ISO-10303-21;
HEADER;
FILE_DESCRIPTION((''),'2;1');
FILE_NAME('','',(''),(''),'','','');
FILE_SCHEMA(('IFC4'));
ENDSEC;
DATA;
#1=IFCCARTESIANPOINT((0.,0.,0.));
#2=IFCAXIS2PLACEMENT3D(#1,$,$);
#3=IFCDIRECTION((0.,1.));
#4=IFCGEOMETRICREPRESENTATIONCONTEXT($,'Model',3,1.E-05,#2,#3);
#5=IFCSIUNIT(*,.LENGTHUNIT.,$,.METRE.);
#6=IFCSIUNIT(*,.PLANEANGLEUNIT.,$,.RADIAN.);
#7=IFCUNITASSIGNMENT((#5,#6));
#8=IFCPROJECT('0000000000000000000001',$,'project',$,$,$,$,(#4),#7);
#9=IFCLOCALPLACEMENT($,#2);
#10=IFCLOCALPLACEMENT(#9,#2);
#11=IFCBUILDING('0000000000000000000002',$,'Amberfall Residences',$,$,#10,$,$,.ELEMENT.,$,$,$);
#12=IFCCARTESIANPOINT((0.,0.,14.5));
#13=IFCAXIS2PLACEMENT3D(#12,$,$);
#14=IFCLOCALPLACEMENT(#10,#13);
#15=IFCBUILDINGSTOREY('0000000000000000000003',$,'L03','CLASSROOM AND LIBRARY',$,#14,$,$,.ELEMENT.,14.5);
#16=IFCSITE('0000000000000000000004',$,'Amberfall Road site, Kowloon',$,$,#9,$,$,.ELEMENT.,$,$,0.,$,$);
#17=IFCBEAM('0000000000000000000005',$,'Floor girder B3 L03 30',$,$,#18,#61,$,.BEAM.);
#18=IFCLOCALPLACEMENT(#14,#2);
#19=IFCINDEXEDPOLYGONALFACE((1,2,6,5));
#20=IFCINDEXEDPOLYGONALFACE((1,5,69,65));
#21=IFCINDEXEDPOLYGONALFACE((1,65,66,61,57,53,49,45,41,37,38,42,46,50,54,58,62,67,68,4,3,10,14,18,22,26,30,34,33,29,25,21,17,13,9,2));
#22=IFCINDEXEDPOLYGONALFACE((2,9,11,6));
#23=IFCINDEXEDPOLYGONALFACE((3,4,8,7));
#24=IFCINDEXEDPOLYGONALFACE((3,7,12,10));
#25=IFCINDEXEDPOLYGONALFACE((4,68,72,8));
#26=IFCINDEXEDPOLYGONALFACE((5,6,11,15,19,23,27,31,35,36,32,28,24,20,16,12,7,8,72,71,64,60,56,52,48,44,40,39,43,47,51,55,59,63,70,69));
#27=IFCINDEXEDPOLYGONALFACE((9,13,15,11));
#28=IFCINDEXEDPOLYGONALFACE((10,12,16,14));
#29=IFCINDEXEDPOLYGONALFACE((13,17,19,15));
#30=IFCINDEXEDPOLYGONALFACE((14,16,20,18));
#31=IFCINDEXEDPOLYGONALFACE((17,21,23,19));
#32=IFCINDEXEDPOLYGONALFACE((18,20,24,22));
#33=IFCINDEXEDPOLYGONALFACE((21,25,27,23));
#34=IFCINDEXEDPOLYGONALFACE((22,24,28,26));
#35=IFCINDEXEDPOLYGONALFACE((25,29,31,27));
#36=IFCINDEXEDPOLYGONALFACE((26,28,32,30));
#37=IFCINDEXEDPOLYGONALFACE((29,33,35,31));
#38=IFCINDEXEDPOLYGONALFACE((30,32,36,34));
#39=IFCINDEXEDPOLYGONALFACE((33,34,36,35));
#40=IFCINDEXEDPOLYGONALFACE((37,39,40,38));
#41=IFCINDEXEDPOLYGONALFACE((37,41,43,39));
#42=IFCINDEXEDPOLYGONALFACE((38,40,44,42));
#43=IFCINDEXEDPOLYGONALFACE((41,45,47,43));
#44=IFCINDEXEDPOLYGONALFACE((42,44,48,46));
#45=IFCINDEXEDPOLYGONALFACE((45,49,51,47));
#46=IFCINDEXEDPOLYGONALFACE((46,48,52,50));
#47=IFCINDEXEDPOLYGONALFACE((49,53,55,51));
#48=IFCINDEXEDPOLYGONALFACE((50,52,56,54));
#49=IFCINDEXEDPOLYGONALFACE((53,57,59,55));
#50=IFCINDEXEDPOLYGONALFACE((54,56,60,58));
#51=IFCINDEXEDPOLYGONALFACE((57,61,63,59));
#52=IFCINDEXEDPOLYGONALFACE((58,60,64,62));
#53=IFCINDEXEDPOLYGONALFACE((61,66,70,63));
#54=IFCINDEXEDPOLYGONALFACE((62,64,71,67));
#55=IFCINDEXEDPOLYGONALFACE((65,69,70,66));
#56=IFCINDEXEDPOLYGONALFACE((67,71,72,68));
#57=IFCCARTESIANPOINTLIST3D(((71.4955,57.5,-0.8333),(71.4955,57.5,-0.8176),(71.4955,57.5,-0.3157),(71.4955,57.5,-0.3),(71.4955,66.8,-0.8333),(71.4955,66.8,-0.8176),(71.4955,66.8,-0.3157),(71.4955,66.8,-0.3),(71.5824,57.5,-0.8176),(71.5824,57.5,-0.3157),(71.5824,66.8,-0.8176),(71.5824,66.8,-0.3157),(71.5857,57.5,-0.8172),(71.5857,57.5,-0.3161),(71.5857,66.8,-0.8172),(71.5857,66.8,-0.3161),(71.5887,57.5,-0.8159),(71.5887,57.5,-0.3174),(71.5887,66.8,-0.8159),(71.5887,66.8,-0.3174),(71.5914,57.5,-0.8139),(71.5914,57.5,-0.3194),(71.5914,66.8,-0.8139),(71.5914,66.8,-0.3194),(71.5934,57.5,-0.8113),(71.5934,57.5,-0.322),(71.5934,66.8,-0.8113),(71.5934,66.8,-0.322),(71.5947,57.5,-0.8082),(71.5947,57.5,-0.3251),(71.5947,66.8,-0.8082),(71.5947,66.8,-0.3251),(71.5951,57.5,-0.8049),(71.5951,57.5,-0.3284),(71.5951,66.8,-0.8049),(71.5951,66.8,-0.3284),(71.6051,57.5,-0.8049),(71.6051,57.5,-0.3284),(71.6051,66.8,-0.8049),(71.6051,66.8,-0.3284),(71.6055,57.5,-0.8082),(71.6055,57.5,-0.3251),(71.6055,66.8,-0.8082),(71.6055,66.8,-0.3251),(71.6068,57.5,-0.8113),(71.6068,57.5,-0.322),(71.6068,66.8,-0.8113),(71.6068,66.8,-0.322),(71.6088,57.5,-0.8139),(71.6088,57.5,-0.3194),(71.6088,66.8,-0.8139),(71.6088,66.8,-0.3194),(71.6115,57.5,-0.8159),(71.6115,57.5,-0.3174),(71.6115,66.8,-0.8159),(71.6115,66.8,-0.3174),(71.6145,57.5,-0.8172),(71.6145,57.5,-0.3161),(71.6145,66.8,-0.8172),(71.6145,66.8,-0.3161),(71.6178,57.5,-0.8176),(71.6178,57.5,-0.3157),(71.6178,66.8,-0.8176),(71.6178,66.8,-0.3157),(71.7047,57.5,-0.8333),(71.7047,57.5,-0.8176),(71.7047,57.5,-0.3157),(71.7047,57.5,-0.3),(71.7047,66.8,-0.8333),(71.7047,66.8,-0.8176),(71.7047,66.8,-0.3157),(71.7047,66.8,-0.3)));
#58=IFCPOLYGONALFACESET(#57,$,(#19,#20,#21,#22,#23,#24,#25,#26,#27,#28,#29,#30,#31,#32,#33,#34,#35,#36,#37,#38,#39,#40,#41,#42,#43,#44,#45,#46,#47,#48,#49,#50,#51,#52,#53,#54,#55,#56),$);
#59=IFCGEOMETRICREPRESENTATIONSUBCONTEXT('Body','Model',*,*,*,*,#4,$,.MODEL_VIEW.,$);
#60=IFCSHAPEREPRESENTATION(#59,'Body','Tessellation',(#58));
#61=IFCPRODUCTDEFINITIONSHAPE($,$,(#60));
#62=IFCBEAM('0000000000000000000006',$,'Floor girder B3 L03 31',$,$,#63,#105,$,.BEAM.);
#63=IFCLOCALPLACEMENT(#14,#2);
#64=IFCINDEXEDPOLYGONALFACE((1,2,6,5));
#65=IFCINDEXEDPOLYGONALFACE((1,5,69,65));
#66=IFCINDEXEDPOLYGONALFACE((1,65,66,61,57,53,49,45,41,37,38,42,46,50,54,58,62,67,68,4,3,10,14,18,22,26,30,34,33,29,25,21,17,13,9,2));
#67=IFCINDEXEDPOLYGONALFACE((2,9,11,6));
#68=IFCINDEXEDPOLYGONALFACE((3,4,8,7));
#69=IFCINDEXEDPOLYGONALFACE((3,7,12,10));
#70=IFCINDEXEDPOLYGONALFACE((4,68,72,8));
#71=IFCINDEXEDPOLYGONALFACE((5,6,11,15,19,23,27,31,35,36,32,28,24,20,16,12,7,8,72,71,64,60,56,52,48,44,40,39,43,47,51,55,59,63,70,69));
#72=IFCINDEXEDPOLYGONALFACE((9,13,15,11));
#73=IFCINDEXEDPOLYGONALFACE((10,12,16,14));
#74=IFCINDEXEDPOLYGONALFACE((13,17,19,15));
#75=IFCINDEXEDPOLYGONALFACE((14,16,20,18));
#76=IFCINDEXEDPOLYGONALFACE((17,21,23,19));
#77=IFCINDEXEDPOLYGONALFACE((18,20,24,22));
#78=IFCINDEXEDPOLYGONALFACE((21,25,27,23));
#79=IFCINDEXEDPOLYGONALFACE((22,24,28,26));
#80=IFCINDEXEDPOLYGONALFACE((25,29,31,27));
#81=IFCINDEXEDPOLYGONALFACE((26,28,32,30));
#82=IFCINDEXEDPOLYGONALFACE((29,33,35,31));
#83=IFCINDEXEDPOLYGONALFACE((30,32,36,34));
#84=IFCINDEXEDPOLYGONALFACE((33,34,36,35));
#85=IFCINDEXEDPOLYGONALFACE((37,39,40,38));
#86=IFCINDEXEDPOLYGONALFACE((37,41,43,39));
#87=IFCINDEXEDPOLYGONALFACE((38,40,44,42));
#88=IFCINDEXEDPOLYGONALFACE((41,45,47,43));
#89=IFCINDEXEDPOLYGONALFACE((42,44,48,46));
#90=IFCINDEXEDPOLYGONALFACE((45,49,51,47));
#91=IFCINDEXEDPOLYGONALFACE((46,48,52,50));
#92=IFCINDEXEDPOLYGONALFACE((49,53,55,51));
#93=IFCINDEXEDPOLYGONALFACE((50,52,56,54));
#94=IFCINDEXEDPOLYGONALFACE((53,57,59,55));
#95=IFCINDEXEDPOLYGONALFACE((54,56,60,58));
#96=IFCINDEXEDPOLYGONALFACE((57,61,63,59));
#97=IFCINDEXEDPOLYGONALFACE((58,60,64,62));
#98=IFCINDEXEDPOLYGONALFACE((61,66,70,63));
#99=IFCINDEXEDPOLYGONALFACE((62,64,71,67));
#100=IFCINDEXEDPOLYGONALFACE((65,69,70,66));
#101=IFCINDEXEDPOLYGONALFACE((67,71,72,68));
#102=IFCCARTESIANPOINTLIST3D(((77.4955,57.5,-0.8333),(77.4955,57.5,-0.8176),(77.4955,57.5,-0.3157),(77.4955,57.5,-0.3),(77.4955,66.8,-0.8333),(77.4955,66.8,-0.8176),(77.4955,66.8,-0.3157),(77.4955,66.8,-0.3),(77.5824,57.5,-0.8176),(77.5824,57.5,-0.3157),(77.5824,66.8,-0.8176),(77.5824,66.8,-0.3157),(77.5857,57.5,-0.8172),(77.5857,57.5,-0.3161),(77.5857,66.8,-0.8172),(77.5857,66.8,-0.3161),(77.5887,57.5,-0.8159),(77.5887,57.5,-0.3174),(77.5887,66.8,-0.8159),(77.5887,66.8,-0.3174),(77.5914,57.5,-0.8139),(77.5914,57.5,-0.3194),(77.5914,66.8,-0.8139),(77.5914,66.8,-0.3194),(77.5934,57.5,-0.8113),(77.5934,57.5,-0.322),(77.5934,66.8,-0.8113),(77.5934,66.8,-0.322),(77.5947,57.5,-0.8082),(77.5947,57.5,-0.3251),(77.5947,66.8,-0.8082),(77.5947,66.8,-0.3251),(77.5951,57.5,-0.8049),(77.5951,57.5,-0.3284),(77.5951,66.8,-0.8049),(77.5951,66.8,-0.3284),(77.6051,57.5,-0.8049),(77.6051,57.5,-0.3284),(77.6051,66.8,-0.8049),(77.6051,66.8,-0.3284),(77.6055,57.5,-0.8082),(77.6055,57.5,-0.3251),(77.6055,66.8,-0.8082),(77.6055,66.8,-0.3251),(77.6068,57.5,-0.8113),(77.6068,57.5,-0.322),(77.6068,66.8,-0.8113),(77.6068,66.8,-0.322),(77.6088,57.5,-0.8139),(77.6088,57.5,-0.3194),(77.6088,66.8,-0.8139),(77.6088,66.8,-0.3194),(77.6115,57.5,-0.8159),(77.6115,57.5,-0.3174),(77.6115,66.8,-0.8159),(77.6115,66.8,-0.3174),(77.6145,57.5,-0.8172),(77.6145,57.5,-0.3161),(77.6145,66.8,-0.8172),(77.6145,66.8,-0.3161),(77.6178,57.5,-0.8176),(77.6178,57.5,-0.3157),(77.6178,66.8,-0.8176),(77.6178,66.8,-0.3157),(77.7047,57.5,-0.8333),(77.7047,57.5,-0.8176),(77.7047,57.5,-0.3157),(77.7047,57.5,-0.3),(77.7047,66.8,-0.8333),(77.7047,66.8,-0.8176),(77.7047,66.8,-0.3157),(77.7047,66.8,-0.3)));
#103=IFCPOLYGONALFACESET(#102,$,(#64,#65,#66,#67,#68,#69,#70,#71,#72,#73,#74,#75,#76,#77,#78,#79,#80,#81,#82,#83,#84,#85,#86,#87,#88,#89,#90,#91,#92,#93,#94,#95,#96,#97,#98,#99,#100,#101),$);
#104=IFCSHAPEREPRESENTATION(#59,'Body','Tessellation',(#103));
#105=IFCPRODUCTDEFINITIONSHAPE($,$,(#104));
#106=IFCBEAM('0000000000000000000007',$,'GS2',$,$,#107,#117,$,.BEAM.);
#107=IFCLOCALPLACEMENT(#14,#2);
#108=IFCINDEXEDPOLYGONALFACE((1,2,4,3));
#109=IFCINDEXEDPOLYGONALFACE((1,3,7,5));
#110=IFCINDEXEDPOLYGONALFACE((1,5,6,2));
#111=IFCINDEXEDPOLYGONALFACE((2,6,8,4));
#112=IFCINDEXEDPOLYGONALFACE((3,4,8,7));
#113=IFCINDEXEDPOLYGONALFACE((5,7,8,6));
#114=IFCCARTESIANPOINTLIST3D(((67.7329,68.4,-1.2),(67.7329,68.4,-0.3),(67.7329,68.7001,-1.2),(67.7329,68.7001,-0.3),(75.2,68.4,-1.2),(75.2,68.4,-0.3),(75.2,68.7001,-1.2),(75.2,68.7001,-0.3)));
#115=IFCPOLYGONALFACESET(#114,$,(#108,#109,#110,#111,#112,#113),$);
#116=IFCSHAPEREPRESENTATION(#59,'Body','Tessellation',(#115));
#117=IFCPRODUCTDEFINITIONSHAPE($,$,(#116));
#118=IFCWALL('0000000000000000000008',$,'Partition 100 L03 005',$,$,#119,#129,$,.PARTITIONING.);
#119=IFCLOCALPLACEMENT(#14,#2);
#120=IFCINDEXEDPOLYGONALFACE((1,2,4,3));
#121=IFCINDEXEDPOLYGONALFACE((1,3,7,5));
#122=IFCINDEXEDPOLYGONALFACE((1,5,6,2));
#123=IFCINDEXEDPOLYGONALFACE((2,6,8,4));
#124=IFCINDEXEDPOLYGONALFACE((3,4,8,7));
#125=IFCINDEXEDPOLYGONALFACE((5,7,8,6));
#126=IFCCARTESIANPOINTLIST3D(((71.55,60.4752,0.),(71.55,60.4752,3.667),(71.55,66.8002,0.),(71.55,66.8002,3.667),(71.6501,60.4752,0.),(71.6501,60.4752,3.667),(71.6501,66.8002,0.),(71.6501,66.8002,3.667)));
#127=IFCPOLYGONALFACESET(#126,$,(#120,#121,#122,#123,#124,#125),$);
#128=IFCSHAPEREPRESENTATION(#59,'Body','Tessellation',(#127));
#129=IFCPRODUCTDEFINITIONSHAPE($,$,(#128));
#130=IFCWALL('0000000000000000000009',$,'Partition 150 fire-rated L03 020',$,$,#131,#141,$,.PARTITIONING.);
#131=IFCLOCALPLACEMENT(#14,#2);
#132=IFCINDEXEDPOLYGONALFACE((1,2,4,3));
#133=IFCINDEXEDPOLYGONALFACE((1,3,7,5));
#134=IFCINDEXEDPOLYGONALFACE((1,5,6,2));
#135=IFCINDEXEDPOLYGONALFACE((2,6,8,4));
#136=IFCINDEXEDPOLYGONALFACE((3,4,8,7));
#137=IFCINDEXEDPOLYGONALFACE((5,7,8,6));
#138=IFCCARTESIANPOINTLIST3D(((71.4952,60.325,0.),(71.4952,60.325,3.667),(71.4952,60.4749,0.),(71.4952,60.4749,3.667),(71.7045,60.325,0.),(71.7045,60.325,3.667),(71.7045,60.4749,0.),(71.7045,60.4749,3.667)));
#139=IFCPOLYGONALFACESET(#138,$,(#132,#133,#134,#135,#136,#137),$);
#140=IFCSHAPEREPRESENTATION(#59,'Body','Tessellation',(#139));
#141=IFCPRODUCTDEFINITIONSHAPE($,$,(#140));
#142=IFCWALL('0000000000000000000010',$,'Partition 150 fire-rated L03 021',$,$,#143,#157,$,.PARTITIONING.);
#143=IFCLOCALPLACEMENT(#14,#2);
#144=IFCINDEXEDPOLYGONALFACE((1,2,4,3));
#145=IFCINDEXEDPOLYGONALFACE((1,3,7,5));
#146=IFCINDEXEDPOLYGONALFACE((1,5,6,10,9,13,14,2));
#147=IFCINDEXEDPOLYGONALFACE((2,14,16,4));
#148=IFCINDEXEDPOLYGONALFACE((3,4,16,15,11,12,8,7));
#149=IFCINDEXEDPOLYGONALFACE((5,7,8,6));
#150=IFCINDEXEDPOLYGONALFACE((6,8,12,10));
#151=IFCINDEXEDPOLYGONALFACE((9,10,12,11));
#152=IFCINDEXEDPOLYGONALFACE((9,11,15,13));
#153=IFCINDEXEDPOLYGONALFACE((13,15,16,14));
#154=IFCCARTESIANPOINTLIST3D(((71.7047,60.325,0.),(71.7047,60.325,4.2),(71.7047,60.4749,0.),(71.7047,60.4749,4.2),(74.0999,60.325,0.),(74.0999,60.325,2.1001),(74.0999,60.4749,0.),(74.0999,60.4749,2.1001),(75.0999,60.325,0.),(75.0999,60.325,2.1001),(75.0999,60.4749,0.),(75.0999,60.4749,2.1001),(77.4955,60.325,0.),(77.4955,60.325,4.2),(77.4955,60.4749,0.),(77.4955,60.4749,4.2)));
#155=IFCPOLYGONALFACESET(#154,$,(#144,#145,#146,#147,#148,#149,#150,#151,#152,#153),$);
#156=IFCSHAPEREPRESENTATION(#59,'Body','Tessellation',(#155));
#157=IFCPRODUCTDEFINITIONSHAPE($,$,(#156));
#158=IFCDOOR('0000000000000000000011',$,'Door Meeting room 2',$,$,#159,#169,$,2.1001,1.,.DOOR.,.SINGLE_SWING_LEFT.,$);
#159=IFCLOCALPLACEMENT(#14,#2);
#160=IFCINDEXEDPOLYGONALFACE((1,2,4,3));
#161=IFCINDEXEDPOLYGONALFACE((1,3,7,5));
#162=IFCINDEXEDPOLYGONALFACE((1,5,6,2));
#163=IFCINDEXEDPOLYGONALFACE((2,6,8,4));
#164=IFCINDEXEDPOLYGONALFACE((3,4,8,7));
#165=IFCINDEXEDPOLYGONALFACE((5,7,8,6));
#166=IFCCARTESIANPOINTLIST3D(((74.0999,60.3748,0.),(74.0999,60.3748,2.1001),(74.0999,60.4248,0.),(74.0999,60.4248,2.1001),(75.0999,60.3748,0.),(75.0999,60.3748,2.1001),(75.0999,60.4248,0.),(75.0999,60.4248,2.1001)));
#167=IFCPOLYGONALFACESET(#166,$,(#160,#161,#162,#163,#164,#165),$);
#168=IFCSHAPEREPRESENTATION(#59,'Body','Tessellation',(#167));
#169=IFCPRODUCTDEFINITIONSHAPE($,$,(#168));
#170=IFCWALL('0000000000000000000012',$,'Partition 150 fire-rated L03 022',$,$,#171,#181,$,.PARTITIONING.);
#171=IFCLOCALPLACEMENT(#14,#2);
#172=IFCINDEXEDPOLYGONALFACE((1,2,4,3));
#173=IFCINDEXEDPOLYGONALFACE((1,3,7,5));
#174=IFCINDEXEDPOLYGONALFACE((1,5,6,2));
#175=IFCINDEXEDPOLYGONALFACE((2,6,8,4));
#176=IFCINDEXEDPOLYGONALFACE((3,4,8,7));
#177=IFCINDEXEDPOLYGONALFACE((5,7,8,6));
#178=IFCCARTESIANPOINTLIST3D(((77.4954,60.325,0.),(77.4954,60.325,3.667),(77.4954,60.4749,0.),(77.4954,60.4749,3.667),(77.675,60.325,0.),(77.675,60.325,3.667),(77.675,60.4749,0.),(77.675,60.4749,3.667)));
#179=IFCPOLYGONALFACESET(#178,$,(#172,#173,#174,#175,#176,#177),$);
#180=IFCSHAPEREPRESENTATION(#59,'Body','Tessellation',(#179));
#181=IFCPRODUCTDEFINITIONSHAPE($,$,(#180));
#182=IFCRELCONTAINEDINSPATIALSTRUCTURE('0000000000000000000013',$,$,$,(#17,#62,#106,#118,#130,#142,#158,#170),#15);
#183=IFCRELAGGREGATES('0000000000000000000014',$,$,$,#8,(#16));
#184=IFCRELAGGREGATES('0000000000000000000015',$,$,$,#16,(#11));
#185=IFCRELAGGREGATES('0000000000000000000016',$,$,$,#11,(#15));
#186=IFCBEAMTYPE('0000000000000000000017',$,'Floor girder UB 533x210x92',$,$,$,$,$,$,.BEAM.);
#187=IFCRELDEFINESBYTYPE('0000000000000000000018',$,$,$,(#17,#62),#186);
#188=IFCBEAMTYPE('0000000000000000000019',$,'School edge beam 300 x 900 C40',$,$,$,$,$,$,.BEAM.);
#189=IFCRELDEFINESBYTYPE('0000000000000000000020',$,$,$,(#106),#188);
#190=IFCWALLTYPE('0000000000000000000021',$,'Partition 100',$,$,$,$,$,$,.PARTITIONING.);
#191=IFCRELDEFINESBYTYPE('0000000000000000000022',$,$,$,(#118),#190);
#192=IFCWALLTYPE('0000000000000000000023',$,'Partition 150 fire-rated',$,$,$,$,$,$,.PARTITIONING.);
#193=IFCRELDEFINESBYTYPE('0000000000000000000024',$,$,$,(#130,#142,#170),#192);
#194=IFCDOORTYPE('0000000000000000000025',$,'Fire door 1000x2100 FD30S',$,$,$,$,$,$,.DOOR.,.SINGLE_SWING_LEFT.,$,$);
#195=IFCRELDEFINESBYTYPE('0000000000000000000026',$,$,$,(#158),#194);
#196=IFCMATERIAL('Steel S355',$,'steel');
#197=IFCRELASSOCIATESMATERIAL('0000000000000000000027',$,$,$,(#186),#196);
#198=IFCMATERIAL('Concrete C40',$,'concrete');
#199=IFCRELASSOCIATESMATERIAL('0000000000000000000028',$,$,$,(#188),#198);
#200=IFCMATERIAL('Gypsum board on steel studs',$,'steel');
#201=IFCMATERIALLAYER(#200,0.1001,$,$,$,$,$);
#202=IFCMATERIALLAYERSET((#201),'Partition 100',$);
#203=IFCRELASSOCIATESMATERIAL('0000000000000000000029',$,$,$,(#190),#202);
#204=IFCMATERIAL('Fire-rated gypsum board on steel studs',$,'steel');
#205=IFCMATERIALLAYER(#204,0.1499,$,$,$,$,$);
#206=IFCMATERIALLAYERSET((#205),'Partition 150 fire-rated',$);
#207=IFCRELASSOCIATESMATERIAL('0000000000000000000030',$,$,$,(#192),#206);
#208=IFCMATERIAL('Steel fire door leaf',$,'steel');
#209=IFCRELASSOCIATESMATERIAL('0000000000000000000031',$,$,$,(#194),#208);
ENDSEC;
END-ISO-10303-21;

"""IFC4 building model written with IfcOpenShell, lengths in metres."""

from ifc_helpers import new_model, si_unit, direction, frame, frame_2d, origin, origin_2d, place, context, subcontext, project, spatial, rectangle, i_section, extrude, material, layer, layer_set, material_profile, profile_set, type_object, element, fill, save


model = new_model("IFC4")

# Units and contexts
model_context = context("Model", 3, precision=1e-05, world=origin(), true_north=direction((0.0, 1.0)))
body_context = subcontext(model_context, "Body", "Model", "MODEL_VIEW")
ifc_project = project(units=[si_unit("LENGTHUNIT", "METRE"), si_unit("PLANEANGLEUNIT", "RADIAN")], contexts=[model_context])

# Site, building, storey
site_placement = place(None, origin())
site = spatial("IfcSite", under=ifc_project, at=site_placement, Name="Amberfall Road site, Kowloon", CompositionType="ELEMENT", RefElevation=0.0)
building_placement = place(site_placement, origin())
building = spatial("IfcBuilding", under=site, at=building_placement, Name="Amberfall Residences", CompositionType="ELEMENT")
storey_placement = place(building_placement, frame((0.0, 0.0, 14.5)))
storey = spatial("IfcBuildingStorey", under=building, at=storey_placement, Name="L03", Description="CLASSROOM AND LIBRARY", CompositionType="ELEMENT", Elevation=14.5)

# Beams
ifc_material_1 = material(Name="Steel S355", Category="steel")
ifc_material_profile_1 = material_profile(ifc_material_1, i_section(OverallWidth=0.2092, OverallDepth=0.5332, WebThickness=0.01, FlangeThickness=0.0156, FilletRadius=0.0127, at=origin_2d()), Name="UB 533x210x92")
ifc_profile_set_1 = profile_set([ifc_material_profile_1], Name="Steel S355")
beam_type_1 = type_object("IfcBeamType", Name="Floor girder UB 533x210x92", PredefinedType="BEAM", material=ifc_profile_set_1)
for number, where, z_axis, x_axis, name in (
    (1, (71.6001, 66.8, -0.5667), (0.0, -1.0, 0.0), (1.0, 0.0, 0.0), "Floor girder B3 L03 30"),
    (2, (77.6001, 66.8, -0.5667), (0.0, -1.0, 0.0), (1.0, 0.0, 0.0), "Floor girder B3 L03 31"),
):
    element("IfcBeam", number, at=place(storey_placement, frame(where, z_axis=z_axis, x_axis=x_axis)), inside=storey, type_object=beam_type_1, Name=name, PredefinedType="BEAM", context=body_context, shape_type="SweptSolid", body=[
        extrude(i_section(OverallWidth=0.2092, OverallDepth=0.5332, WebThickness=0.01, FlangeThickness=0.0156, FilletRadius=0.0127, at=origin_2d()), origin(), (0.0, 0.0, 1.0), 9.3),
    ])
ifc_material_2 = material(Name="Concrete C40", Category="concrete")
ifc_material_profile_2 = material_profile(ifc_material_2, rectangle(XDim=0.3, YDim=0.8999, at=origin_2d()), Name="School edge beam 300 x 900 C40")
ifc_profile_set_2 = profile_set([ifc_material_profile_2], Name="Concrete C40")
beam_type_2 = type_object("IfcBeamType", Name="School edge beam 300 x 900 C40", PredefinedType="BEAM", material=ifc_profile_set_2)
beam_placement = place(storey_placement, frame((67.7329, 68.55, -0.75), z_axis=(1.0, 0.0, 0.0), x_axis=(0.0, 1.0, 0.0)))
element("IfcBeam", 3, at=beam_placement, inside=storey, type_object=beam_type_2, Name="GS2", PredefinedType="BEAM", context=body_context, shape_type="SweptSolid", body=[
    extrude(rectangle(XDim=0.3, YDim=0.8999, at=origin_2d()), origin(), (0.0, 0.0, 1.0), 7.467),
])

# Walls
ifc_material_3 = material(Name="Gypsum board on steel studs", Category="steel")
ifc_layer_1 = layer(ifc_material_3, 0.1001)
ifc_layer_set_1 = layer_set([ifc_layer_1], Name="Partition 100")
wall_type_1 = type_object("IfcWallType", Name="Partition 100", PredefinedType="PARTITIONING", material=ifc_layer_set_1)
wall_1_placement = place(storey_placement, frame((71.6001, 60.4751, 0.0), z_axis=(0.0, 0.0, 1.0), x_axis=(0.0, 1.0, 0.0)))
element("IfcWall", 4, at=wall_1_placement, inside=storey, type_object=wall_type_1, Name="Partition 100 L03 005", PredefinedType="PARTITIONING", context=body_context, shape_type="SweptSolid", body=[
    extrude(rectangle(XDim=6.325, YDim=0.1001, at=frame_2d((3.1626, 0.0))), origin(), (0.0, 0.0, 1.0), 3.667),
])
ifc_material_4 = material(Name="Fire-rated gypsum board on steel studs", Category="steel")
ifc_layer_2 = layer(ifc_material_4, 0.1499)
ifc_layer_set_2 = layer_set([ifc_layer_2], Name="Partition 150 fire-rated")
wall_type_2 = type_object("IfcWallType", Name="Partition 150 fire-rated", PredefinedType="PARTITIONING", material=ifc_layer_set_2)
wall_2_placement = place(storey_placement, frame((71.4954, 60.3999, 0.0), z_axis=(0.0, 0.0, 1.0), x_axis=(1.0, 0.0, 0.0)))
element("IfcWall", 5, at=wall_2_placement, inside=storey, type_object=wall_type_2, Name="Partition 150 fire-rated L03 020", PredefinedType="PARTITIONING", context=body_context, shape_type="SweptSolid", body=[
    extrude(rectangle(XDim=0.2092, YDim=0.1499, at=frame_2d((0.1045, 0.0))), origin(), (0.0, 0.0, 1.0), 3.667),
])

# Wall, opening, door
wall_3_placement = place(storey_placement, frame((71.7046, 60.3999, 0.0), z_axis=(0.0, 0.0, 1.0), x_axis=(1.0, 0.0, 0.0)))
wall_3 = element("IfcWall", 6, at=wall_3_placement, inside=storey, type_object=wall_type_2, Name="Partition 150 fire-rated L03 021", PredefinedType="PARTITIONING", context=body_context, shape_type="SweptSolid", body=[
    extrude(rectangle(XDim=5.7908, YDim=0.1499, at=frame_2d((2.8955, 0.0))), origin(), (0.0, 0.0, 1.0), 4.2),
])
opening_1_placement = place(wall_3_placement, frame((2.3953, 0.0, 0.0)))
opening_1 = element("IfcOpeningElement", 7, at=opening_1_placement, cuts=wall_3, PredefinedType="OPENING", context=body_context, shape_type="SweptSolid", body=[
    extrude(rectangle(XDim=1.0, YDim=2.1001, at=frame_2d((0.5, 1.05))), frame((0.0, 0.085, 0.0), z_axis=(0.0, -1.0, 0.0), x_axis=(1.0, 0.0, 0.0)), (0.0, 0.0, 1.0), 0.1699),
])
ifc_material_5 = material(Name="Steel fire door leaf", Category="steel")
door_type_1 = type_object("IfcDoorType", Name="Fire door 1000x2100 FD30S", OperationType="SINGLE_SWING_LEFT", PredefinedType="DOOR", material=ifc_material_5)
door_1_placement = place(opening_1_placement, origin())
door_1 = element("IfcDoor", 8, at=door_1_placement, inside=storey, type_object=door_type_1, Name="Door Meeting room 2", OperationType="SINGLE_SWING_LEFT", OverallHeight=2.1001, OverallWidth=1.0, PredefinedType="DOOR", context=body_context, shape_type="SweptSolid", body=[
    extrude(rectangle(XDim=1.0, YDim=2.1001, at=frame_2d((0.5, 1.05))), frame((0.0, 0.0249, 0.0), z_axis=(0.0, -1.0, 0.0), x_axis=(1.0, 0.0, 0.0)), (0.0, 0.0, 1.0), 0.05),
])
fill(opening_1, door_1)

# Wall
wall_4_placement = place(storey_placement, frame((77.4954, 60.3999, 0.0), z_axis=(0.0, 0.0, 1.0), x_axis=(1.0, 0.0, 0.0)))
element("IfcWall", 9, at=wall_4_placement, inside=storey, type_object=wall_type_2, Name="Partition 150 fire-rated L03 022", PredefinedType="PARTITIONING", context=body_context, shape_type="SweptSolid", body=[
    extrude(rectangle(XDim=0.1797, YDim=0.1499, at=frame_2d((0.0898, 0.0))), origin(), (0.0, 0.0, 1.0), 3.667),
])

save(model, "model.ifc")
